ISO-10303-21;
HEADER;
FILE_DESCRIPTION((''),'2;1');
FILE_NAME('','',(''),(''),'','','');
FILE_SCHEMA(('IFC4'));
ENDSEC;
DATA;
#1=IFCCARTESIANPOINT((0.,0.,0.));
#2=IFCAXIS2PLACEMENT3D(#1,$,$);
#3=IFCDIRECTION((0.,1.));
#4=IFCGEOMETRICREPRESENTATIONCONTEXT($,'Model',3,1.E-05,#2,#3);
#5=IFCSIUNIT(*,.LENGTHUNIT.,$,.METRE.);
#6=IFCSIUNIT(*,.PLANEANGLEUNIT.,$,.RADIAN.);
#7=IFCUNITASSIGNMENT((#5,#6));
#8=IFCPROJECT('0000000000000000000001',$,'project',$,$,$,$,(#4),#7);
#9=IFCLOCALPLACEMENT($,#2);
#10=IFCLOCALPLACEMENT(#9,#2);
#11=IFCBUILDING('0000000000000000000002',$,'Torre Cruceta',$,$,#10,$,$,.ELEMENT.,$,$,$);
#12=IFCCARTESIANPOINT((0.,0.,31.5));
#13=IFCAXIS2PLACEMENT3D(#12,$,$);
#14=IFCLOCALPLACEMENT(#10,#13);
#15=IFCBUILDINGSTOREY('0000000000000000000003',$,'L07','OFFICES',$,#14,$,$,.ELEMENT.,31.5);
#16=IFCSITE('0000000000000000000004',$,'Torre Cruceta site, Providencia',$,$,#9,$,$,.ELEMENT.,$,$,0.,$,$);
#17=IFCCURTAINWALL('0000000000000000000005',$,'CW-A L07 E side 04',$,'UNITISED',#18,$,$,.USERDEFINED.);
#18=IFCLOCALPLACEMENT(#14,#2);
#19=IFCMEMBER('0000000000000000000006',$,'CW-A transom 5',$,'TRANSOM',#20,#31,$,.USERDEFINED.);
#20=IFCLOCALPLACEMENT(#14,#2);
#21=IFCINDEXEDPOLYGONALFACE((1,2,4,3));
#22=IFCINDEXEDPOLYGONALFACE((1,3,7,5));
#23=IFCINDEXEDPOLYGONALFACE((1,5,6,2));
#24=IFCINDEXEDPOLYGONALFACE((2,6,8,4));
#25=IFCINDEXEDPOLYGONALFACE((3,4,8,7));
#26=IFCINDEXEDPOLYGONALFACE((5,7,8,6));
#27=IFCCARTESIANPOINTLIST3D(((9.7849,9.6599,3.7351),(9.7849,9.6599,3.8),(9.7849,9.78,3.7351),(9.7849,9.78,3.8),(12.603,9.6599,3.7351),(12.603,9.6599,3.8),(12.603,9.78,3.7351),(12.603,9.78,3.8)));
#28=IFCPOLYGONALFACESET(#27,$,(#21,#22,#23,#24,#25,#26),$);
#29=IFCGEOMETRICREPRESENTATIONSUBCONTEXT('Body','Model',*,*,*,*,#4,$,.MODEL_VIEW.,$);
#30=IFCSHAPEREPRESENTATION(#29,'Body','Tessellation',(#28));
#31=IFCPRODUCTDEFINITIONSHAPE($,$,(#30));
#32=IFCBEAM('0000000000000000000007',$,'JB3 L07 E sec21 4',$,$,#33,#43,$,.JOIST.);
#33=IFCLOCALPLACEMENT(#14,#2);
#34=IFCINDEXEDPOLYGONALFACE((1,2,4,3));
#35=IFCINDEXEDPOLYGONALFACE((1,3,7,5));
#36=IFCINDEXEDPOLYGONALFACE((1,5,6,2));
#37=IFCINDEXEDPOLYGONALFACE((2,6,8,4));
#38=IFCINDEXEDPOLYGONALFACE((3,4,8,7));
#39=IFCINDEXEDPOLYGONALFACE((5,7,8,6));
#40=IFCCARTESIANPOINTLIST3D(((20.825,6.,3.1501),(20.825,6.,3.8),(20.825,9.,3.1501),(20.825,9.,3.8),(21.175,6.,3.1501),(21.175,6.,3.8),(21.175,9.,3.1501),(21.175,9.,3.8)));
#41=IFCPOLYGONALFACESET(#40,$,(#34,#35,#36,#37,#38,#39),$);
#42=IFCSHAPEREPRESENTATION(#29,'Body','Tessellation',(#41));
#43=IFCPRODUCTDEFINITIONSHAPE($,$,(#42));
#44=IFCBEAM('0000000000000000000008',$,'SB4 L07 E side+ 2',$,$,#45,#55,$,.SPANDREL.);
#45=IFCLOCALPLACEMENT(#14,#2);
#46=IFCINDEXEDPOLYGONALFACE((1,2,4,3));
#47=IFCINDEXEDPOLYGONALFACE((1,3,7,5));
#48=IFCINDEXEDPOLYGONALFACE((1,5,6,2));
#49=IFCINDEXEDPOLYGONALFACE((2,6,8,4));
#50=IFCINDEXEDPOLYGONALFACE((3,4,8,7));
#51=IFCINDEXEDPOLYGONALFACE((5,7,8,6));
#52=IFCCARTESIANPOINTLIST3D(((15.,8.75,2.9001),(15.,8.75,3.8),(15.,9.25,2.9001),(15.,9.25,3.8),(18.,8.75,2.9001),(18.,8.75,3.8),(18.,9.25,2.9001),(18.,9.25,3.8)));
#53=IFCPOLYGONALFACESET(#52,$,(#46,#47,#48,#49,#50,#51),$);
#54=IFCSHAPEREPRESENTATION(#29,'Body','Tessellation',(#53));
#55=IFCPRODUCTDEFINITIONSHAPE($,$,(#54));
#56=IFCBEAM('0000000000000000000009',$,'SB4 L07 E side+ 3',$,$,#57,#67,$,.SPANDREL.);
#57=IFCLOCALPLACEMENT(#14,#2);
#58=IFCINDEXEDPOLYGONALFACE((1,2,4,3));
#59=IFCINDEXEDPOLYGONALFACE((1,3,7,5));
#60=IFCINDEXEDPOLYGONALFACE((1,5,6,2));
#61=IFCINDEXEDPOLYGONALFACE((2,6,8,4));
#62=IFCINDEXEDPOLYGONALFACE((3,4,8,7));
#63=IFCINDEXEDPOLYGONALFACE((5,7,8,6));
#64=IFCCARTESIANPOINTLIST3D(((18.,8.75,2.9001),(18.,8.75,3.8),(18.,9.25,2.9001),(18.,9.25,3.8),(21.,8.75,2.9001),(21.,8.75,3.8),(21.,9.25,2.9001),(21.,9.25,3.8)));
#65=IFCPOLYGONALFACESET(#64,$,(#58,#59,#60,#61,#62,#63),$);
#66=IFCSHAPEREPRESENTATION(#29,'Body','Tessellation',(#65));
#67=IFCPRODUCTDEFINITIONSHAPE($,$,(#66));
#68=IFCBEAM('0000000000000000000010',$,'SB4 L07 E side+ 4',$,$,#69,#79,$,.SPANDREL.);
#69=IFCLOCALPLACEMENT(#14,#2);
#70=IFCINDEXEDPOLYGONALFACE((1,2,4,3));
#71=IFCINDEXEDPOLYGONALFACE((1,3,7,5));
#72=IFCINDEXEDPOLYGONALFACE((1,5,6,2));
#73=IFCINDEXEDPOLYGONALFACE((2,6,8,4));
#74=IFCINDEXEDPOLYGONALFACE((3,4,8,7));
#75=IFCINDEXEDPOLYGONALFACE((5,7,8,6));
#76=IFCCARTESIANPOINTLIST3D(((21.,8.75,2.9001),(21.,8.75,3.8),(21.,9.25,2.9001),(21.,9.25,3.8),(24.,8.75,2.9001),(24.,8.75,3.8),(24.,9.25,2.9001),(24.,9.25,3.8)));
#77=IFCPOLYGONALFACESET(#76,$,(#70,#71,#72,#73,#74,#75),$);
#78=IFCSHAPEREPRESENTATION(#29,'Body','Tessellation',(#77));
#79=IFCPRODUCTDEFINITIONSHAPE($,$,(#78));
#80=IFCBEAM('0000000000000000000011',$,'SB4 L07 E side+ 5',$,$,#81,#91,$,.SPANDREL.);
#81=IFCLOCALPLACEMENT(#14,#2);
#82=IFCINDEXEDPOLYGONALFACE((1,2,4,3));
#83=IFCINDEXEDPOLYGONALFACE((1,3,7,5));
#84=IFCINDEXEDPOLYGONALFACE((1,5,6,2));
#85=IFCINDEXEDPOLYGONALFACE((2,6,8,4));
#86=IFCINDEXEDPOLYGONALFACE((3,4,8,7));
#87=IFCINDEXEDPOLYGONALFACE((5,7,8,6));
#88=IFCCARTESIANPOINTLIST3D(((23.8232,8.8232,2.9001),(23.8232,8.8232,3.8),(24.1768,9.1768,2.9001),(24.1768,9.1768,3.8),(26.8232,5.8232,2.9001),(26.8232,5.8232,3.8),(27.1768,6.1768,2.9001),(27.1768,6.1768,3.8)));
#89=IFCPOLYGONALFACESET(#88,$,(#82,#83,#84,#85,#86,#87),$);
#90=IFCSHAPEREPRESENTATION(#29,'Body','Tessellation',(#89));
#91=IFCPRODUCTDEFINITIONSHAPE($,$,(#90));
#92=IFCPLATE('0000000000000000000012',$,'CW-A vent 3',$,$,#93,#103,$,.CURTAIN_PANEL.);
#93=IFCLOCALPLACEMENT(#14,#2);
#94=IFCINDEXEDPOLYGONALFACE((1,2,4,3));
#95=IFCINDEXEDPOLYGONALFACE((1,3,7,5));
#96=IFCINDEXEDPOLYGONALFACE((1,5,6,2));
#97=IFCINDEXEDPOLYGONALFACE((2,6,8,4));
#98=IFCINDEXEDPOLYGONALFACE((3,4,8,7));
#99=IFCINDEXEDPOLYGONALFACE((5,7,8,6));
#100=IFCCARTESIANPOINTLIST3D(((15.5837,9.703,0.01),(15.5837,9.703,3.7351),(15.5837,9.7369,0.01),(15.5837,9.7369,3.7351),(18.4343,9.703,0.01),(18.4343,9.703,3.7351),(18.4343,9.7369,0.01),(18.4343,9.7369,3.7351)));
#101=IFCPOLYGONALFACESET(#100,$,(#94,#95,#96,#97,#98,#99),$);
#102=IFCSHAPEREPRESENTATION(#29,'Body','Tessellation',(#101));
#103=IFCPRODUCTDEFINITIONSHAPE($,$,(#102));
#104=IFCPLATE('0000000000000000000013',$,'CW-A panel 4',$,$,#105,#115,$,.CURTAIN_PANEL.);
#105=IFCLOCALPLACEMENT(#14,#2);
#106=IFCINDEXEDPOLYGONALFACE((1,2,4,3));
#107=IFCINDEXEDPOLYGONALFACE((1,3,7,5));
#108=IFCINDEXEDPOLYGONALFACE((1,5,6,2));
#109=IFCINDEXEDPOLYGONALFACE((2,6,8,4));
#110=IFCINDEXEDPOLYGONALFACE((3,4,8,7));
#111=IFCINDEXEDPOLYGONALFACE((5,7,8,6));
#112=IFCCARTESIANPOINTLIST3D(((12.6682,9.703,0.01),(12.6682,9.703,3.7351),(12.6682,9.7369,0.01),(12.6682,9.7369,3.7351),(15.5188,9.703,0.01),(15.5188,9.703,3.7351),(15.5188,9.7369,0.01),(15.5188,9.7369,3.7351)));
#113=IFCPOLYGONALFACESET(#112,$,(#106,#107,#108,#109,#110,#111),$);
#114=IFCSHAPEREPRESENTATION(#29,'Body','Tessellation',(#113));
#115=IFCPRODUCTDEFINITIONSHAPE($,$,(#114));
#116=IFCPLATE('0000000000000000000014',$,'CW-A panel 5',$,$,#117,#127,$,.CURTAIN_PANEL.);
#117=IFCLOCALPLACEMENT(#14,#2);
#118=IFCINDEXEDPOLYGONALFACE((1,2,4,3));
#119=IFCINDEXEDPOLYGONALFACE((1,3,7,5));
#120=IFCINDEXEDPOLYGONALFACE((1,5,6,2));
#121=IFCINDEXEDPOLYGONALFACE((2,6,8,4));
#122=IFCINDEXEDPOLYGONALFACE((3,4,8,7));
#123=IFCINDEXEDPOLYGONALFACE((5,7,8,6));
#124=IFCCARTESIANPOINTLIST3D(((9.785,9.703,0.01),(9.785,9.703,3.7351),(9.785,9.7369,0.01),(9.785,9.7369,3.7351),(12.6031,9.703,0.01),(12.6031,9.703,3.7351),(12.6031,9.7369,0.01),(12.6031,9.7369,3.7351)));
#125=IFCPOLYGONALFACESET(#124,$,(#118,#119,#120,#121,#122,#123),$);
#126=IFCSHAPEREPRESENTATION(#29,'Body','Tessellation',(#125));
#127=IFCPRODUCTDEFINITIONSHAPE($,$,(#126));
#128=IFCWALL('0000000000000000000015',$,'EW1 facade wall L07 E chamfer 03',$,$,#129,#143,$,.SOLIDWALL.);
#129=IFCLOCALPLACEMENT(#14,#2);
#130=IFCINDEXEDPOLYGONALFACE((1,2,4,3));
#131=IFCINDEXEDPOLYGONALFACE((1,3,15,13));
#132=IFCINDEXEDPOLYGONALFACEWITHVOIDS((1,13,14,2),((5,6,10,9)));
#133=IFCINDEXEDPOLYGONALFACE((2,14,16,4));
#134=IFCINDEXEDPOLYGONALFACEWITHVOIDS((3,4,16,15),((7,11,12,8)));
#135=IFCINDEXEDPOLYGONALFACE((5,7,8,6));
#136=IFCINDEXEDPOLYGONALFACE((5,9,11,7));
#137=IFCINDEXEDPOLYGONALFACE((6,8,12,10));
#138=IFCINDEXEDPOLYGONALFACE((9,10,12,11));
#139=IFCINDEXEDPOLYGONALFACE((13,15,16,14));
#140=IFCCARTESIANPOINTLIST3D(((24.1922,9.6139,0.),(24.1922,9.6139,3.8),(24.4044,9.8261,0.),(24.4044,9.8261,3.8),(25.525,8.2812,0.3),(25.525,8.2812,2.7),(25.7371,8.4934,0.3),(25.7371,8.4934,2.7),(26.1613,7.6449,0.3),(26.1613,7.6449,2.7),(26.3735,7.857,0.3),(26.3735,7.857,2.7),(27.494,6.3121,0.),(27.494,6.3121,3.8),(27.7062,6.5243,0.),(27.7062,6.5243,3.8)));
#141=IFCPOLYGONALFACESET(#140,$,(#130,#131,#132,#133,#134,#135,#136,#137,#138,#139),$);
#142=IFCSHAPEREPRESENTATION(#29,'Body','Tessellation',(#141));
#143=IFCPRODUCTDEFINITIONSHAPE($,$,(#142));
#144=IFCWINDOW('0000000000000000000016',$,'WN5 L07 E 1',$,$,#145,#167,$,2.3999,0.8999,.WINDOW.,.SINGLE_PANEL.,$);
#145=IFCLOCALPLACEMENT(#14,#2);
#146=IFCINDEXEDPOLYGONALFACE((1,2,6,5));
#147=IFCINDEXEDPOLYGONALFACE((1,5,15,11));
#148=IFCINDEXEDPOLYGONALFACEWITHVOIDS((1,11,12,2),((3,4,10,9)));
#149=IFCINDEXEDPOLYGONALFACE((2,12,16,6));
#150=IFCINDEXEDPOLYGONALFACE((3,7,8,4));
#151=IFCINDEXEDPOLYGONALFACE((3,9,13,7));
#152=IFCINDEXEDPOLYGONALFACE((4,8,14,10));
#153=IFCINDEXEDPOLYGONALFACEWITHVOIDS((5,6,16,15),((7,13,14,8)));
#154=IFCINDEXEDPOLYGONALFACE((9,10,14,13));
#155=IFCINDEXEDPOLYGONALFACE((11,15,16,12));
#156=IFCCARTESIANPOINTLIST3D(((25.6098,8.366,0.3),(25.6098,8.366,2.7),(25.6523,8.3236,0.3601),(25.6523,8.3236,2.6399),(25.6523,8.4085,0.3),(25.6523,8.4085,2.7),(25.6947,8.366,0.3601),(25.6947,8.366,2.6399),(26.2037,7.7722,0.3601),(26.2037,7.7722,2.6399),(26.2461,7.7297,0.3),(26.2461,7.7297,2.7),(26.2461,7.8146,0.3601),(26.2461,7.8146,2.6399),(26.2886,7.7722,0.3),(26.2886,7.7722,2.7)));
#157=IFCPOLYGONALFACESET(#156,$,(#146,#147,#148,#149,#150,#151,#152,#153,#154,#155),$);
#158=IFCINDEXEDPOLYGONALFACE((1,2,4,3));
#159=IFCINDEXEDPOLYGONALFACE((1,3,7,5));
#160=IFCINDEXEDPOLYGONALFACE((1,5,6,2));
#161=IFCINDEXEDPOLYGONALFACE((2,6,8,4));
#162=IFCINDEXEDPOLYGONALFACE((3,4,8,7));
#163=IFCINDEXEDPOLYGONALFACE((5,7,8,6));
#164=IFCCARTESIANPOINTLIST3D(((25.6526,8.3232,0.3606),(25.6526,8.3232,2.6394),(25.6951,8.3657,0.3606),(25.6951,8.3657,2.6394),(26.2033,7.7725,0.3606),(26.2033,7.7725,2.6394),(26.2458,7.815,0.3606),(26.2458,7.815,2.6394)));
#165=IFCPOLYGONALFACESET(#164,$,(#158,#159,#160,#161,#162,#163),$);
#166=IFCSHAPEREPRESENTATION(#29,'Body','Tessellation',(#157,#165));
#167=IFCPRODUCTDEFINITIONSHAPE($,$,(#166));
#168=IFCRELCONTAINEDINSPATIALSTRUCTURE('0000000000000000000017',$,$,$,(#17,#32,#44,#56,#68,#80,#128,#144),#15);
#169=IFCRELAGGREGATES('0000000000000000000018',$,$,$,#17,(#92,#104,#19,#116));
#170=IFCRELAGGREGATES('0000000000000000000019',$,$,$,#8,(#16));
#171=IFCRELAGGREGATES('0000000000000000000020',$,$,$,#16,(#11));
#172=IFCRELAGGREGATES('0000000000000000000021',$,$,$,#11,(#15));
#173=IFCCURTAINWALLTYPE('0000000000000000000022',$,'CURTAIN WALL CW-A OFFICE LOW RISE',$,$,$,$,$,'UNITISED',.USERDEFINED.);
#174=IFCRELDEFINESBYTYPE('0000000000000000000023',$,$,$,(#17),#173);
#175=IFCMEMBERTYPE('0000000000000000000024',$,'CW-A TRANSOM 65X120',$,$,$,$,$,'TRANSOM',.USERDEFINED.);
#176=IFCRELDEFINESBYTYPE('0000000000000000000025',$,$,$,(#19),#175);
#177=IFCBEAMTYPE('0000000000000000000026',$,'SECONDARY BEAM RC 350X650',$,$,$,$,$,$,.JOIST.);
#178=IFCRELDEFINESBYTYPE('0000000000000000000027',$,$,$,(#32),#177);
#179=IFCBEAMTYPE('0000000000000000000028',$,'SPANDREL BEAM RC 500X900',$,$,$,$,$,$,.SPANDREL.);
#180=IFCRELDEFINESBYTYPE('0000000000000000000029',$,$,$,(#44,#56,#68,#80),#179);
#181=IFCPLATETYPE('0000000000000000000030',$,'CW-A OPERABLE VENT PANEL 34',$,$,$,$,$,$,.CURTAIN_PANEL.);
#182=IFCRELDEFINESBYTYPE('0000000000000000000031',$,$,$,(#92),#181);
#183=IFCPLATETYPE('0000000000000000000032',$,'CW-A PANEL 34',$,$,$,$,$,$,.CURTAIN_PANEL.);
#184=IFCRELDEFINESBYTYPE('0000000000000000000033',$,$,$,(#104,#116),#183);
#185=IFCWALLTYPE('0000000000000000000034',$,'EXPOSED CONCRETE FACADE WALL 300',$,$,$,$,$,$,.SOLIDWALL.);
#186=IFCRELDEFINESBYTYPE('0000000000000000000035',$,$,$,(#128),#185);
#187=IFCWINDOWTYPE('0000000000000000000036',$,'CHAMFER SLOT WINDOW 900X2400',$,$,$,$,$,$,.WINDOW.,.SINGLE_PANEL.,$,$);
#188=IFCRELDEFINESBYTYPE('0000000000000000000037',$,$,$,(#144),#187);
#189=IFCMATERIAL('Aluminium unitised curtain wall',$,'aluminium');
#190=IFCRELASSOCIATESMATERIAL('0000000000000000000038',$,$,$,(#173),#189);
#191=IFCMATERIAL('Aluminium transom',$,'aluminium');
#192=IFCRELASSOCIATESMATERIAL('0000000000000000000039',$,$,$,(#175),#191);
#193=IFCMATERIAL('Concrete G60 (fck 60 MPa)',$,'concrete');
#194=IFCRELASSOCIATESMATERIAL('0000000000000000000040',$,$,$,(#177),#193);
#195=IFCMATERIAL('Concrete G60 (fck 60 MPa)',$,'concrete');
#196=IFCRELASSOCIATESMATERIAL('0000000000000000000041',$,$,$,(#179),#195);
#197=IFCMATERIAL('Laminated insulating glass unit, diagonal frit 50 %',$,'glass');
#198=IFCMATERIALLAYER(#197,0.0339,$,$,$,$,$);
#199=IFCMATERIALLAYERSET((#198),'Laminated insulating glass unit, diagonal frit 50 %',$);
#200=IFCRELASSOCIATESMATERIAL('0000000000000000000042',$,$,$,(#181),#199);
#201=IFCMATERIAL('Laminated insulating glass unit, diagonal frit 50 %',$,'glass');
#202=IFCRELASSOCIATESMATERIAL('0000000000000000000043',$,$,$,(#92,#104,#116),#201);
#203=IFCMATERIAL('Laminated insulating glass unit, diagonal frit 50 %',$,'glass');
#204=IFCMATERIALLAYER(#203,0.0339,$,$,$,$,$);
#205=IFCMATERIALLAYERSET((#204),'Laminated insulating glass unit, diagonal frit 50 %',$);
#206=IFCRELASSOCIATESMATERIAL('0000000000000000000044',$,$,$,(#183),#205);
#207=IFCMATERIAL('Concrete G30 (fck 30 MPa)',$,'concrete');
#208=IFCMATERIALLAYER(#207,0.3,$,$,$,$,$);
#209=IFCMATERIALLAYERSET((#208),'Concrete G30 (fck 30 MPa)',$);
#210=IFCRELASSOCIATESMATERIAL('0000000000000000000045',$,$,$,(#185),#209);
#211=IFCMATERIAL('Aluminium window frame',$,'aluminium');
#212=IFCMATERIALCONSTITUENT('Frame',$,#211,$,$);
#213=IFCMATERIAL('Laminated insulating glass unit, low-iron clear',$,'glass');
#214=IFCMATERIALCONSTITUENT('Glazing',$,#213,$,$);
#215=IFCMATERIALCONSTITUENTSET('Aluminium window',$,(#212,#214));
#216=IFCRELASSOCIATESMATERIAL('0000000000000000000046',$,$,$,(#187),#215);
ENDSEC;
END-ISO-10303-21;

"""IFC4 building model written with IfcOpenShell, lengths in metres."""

from ifc_helpers import new_model, si_unit, direction, frame, frame_2d, origin, origin_2d, place, context, subcontext, project, spatial, rectangle, hollow_rectangle, extrude, material, layer, layer_set, constituent, constituent_set, material_profile, profile_set, type_object, element, fill, aggregate, save


model = new_model("IFC4")

# Units and contexts
model_context = context("Model", 3, precision=1e-05, world=origin(), true_north=direction((0.0, 1.0)))
body_context = subcontext(model_context, "Body", "Model", "MODEL_VIEW")
ifc_project = project(units=[si_unit("LENGTHUNIT", "METRE"), si_unit("PLANEANGLEUNIT", "RADIAN")], contexts=[model_context])

# Site, building, storey
site_placement = place(None, origin())
site = spatial("IfcSite", under=ifc_project, at=site_placement, Name="Torre Cruceta site, Providencia", CompositionType="ELEMENT", RefElevation=0.0)
building_placement = place(site_placement, origin())
building = spatial("IfcBuilding", under=site, at=building_placement, Name="Torre Cruceta", CompositionType="ELEMENT")
storey_placement = place(building_placement, frame((0.0, 0.0, 31.5)))
storey = spatial("IfcBuildingStorey", under=building, at=storey_placement, Name="L07", Description="OFFICES", CompositionType="ELEMENT", Elevation=31.5)

# Curtain wall, member
ifc_material_1 = material(Name="Aluminium unitised curtain wall", Category="aluminium")
curtain_wall_type = type_object("IfcCurtainWallType", Name="CURTAIN WALL CW-A OFFICE LOW RISE", ElementType="UNITISED", PredefinedType="USERDEFINED", material=ifc_material_1)
curtain_wall_placement = place(storey_placement, origin())
curtain_wall = element("IfcCurtainWall", 1, at=curtain_wall_placement, inside=storey, type_object=curtain_wall_type, Name="CW-A L07 E side 04", ObjectType="UNITISED", PredefinedType="USERDEFINED")
ifc_material_2 = material(Name="Aluminium transom", Category="aluminium")
ifc_material_profile_1 = material_profile(ifc_material_2, rectangle(XDim=0.1201, YDim=0.0649, at=origin_2d()), Name="AL 120X65")
ifc_profile_set_1 = profile_set([ifc_material_profile_1], Name="Aluminium transom")
member_type_1 = type_object("IfcMemberType", Name="CW-A TRANSOM 65X120", ElementType="TRANSOM", PredefinedType="USERDEFINED", material=ifc_profile_set_1)
member_1_placement = place(storey_placement, frame((12.603, 9.72, 3.7676), z_axis=(-1.0, 0.0, 0.0), x_axis=(0.0, -1.0, 0.0)))
member_1 = element("IfcMember", 2, at=member_1_placement, type_object=member_type_1, Name="CW-A transom 5", ObjectType="TRANSOM", PredefinedType="USERDEFINED", context=body_context, shape_type="SweptSolid", body=[
    extrude(rectangle(XDim=0.1201, YDim=0.0649, at=origin_2d()), origin(), (0.0, 0.0, 1.0), 2.8181),
])

# Beams
ifc_material_3 = material(Name="Concrete G60 (fck 60 MPa)", Category="concrete")
ifc_material_profile_2 = material_profile(ifc_material_3, rectangle(XDim=0.3501, YDim=0.6499, at=origin_2d()), Name="RC 350X650")
ifc_profile_set_2 = profile_set([ifc_material_profile_2], Name="Concrete G60 (fck 60 MPa)")
beam_type_1 = type_object("IfcBeamType", Name="SECONDARY BEAM RC 350X650", PredefinedType="JOIST", material=ifc_profile_set_2)
beam_1_placement = place(storey_placement, frame((21.0, 6.0, 3.4751), z_axis=(0.0, 1.0, 0.0), x_axis=(-1.0, 0.0, 0.0)))
element("IfcBeam", 3, at=beam_1_placement, inside=storey, type_object=beam_type_1, Name="JB3 L07 E sec21 4", PredefinedType="JOIST", context=body_context, shape_type="SweptSolid", body=[
    extrude(rectangle(XDim=0.3501, YDim=0.6499, at=origin_2d()), origin(), (0.0, 0.0, 1.0), 3.0),
])
ifc_material_4 = material(Name="Concrete G60 (fck 60 MPa)", Category="concrete")
ifc_material_profile_3 = material_profile(ifc_material_4, rectangle(XDim=0.5, YDim=0.8999, at=origin_2d()), Name="RC 500X900")
ifc_profile_set_3 = profile_set([ifc_material_profile_3], Name="Concrete G60 (fck 60 MPa)")
beam_type_2 = type_object("IfcBeamType", Name="SPANDREL BEAM RC 500X900", PredefinedType="SPANDREL", material=ifc_profile_set_3)
for number, where, z_axis, x_axis, name in (
    (4, (15.0, 9.0, 3.3501), (1.0, 0.0, 0.0), (0.0, 1.0, 0.0), "SB4 L07 E side+ 2"),
    (5, (18.0, 9.0, 3.3501), (1.0, 0.0, 0.0), (0.0, 1.0, 0.0), "SB4 L07 E side+ 3"),
    (6, (21.0, 9.0, 3.3501), (1.0, 0.0, 0.0), (0.0, 1.0, 0.0), "SB4 L07 E side+ 4"),
):
    element("IfcBeam", number, at=place(storey_placement, frame(where, z_axis=z_axis, x_axis=x_axis)), inside=storey, type_object=beam_type_2, Name=name, PredefinedType="SPANDREL", context=body_context, shape_type="SweptSolid", body=[
        extrude(rectangle(XDim=0.5, YDim=0.8999, at=origin_2d()), origin(), (0.0, 0.0, 1.0), 3.0),
    ])
beam_2_placement = place(storey_placement, frame((24.0, 9.0, 3.3501), z_axis=(0.707107, -0.707107, 0.0), x_axis=(0.707107, 0.707107, 0.0)))
element("IfcBeam", 7, at=beam_2_placement, inside=storey, type_object=beam_type_2, Name="SB4 L07 E side+ 5", PredefinedType="SPANDREL", context=body_context, shape_type="SweptSolid", body=[
    extrude(rectangle(XDim=0.5, YDim=0.8999, at=origin_2d()), origin(), (0.0, 0.0, 1.0), 4.2427),
])

# Plates
ifc_material_5 = material(Name="Laminated insulating glass unit, diagonal frit 50 %", Category="glass")
ifc_material_6 = material(Name="Laminated insulating glass unit, diagonal frit 50 %", Category="glass")
ifc_layer_1 = layer(ifc_material_6, 0.0339)
ifc_layer_set_1 = layer_set([ifc_layer_1], Name="Laminated insulating glass unit, diagonal frit 50 %")
plate_type_1 = type_object("IfcPlateType", Name="CW-A OPERABLE VENT PANEL 34", PredefinedType="CURTAIN_PANEL", material=ifc_layer_set_1)
plate_1_placement = place(storey_placement, frame((17.009, 9.72, 0.01), z_axis=(0.0, 0.0, 1.0), x_axis=(-1.0, 0.0, 0.0)))
plate_1 = element("IfcPlate", 8, at=plate_1_placement, type_object=plate_type_1, material=ifc_material_5, Name="CW-A vent 3", PredefinedType="CURTAIN_PANEL", context=body_context, shape_type="SweptSolid", body=[
    extrude(rectangle(XDim=2.8506, YDim=0.0339, at=origin_2d()), origin(), (0.0, 0.0, 1.0), 3.7251),
])
ifc_material_7 = material(Name="Laminated insulating glass unit, diagonal frit 50 %", Category="glass")
ifc_layer_2 = layer(ifc_material_7, 0.0339)
ifc_layer_set_2 = layer_set([ifc_layer_2], Name="Laminated insulating glass unit, diagonal frit 50 %")
plate_type_2 = type_object("IfcPlateType", Name="CW-A PANEL 34", PredefinedType="CURTAIN_PANEL", material=ifc_layer_set_2)
plate_2_placement = place(storey_placement, frame((14.0935, 9.72, 0.01), z_axis=(0.0, 0.0, 1.0), x_axis=(-1.0, 0.0, 0.0)))
plate_2 = element("IfcPlate", 9, at=plate_2_placement, type_object=plate_type_2, material=ifc_material_5, Name="CW-A panel 4", PredefinedType="CURTAIN_PANEL", context=body_context, shape_type="SweptSolid", body=[
    extrude(rectangle(XDim=2.8506, YDim=0.0339, at=origin_2d()), origin(), (0.0, 0.0, 1.0), 3.7251),
])
plate_3_placement = place(storey_placement, frame((11.1941, 9.72, 0.01), z_axis=(0.0, 0.0, 1.0), x_axis=(-1.0, 0.0, 0.0)))
plate_3 = element("IfcPlate", 10, at=plate_3_placement, type_object=plate_type_2, material=ifc_material_5, Name="CW-A panel 5", PredefinedType="CURTAIN_PANEL", context=body_context, shape_type="SweptSolid", body=[
    extrude(rectangle(XDim=2.8181, YDim=0.0339, at=origin_2d()), origin(), (0.0, 0.0, 1.0), 3.7251),
])
aggregate(curtain_wall, [plate_1, plate_2, member_1, plate_3])

# Wall, opening, window
ifc_material_8 = material(Name="Concrete G30 (fck 30 MPa)", Category="concrete")
ifc_layer_3 = layer(ifc_material_8, 0.3)
ifc_layer_set_3 = layer_set([ifc_layer_3], Name="Concrete G30 (fck 30 MPa)")
wall_type_1 = type_object("IfcWallType", Name="EXPOSED CONCRETE FACADE WALL 300", PredefinedType="SOLIDWALL", material=ifc_layer_set_3)
wall_1_placement = place(storey_placement, frame((27.6001, 6.4182, 0.0), z_axis=(0.0, 0.0, 1.0), x_axis=(-0.707107, 0.707107, 0.0)))
wall_1 = element("IfcWall", 11, at=wall_1_placement, inside=storey, type_object=wall_type_1, Name="EW1 facade wall L07 E chamfer 03", PredefinedType="SOLIDWALL", context=body_context, shape_type="SweptSolid", body=[
    extrude(rectangle(XDim=4.6694, YDim=0.3, at=frame_2d((2.3347, 0.0))), origin(), (0.0, 0.0, 1.0), 3.8),
])
opening_1_placement = place(wall_1_placement, frame((1.8848, 0.0, 0.3)))
opening_1 = element("IfcOpeningElement", 12, at=opening_1_placement, cuts=wall_1, PredefinedType="OPENING", context=body_context, shape_type="SweptSolid", body=[
    extrude(rectangle(XDim=0.8999, YDim=2.3999, at=frame_2d((0.45, 1.2))), frame((0.0, 0.1599, 0.0), z_axis=(0.0, -1.0, 0.0), x_axis=(1.0, 0.0, 0.0)), (0.0, 0.0, 1.0), 0.3201),
])
ifc_material_9 = material(Name="Aluminium window frame", Category="aluminium")
ifc_constituent_1 = constituent(ifc_material_9, Name="Frame")
ifc_material_10 = material(Name="Laminated insulating glass unit, low-iron clear", Category="glass")
ifc_constituent_2 = constituent(ifc_material_10, Name="Glazing")
ifc_constituent_set_1 = constituent_set(constituents=[ifc_constituent_1, ifc_constituent_2], Name="Aluminium window")
window_type = type_object("IfcWindowType", Name="CHAMFER SLOT WINDOW 900X2400", PartitioningType="SINGLE_PANEL", PredefinedType="WINDOW", material=ifc_constituent_set_1)
window_placement = place(opening_1_placement, origin())
window = element("IfcWindow", 13, at=window_placement, inside=storey, type_object=window_type, Name="WN5 L07 E 1", OverallHeight=2.3999, OverallWidth=0.8999, PartitioningType="SINGLE_PANEL", PredefinedType="WINDOW", context=body_context, shape_type="SweptSolid", body=[
    extrude(hollow_rectangle(XDim=0.8999, YDim=2.3999, WallThickness=0.0601, at=frame_2d((0.45, 1.2))), frame((0.0, 0.03, 0.0), z_axis=(0.0, -1.0, 0.0), x_axis=(1.0, 0.0, 0.0)), (0.0, 0.0, 1.0), 0.0601),
    extrude(rectangle(XDim=0.7788, YDim=2.2788, at=frame_2d((0.45, 1.2))), frame((0.0, 0.03, 0.0), z_axis=(0.0, -1.0, 0.0), x_axis=(1.0, 0.0, 0.0)), (0.0, 0.0, 1.0), 0.0601),
])
fill(opening_1, window)

save(model, "model.ifc")
